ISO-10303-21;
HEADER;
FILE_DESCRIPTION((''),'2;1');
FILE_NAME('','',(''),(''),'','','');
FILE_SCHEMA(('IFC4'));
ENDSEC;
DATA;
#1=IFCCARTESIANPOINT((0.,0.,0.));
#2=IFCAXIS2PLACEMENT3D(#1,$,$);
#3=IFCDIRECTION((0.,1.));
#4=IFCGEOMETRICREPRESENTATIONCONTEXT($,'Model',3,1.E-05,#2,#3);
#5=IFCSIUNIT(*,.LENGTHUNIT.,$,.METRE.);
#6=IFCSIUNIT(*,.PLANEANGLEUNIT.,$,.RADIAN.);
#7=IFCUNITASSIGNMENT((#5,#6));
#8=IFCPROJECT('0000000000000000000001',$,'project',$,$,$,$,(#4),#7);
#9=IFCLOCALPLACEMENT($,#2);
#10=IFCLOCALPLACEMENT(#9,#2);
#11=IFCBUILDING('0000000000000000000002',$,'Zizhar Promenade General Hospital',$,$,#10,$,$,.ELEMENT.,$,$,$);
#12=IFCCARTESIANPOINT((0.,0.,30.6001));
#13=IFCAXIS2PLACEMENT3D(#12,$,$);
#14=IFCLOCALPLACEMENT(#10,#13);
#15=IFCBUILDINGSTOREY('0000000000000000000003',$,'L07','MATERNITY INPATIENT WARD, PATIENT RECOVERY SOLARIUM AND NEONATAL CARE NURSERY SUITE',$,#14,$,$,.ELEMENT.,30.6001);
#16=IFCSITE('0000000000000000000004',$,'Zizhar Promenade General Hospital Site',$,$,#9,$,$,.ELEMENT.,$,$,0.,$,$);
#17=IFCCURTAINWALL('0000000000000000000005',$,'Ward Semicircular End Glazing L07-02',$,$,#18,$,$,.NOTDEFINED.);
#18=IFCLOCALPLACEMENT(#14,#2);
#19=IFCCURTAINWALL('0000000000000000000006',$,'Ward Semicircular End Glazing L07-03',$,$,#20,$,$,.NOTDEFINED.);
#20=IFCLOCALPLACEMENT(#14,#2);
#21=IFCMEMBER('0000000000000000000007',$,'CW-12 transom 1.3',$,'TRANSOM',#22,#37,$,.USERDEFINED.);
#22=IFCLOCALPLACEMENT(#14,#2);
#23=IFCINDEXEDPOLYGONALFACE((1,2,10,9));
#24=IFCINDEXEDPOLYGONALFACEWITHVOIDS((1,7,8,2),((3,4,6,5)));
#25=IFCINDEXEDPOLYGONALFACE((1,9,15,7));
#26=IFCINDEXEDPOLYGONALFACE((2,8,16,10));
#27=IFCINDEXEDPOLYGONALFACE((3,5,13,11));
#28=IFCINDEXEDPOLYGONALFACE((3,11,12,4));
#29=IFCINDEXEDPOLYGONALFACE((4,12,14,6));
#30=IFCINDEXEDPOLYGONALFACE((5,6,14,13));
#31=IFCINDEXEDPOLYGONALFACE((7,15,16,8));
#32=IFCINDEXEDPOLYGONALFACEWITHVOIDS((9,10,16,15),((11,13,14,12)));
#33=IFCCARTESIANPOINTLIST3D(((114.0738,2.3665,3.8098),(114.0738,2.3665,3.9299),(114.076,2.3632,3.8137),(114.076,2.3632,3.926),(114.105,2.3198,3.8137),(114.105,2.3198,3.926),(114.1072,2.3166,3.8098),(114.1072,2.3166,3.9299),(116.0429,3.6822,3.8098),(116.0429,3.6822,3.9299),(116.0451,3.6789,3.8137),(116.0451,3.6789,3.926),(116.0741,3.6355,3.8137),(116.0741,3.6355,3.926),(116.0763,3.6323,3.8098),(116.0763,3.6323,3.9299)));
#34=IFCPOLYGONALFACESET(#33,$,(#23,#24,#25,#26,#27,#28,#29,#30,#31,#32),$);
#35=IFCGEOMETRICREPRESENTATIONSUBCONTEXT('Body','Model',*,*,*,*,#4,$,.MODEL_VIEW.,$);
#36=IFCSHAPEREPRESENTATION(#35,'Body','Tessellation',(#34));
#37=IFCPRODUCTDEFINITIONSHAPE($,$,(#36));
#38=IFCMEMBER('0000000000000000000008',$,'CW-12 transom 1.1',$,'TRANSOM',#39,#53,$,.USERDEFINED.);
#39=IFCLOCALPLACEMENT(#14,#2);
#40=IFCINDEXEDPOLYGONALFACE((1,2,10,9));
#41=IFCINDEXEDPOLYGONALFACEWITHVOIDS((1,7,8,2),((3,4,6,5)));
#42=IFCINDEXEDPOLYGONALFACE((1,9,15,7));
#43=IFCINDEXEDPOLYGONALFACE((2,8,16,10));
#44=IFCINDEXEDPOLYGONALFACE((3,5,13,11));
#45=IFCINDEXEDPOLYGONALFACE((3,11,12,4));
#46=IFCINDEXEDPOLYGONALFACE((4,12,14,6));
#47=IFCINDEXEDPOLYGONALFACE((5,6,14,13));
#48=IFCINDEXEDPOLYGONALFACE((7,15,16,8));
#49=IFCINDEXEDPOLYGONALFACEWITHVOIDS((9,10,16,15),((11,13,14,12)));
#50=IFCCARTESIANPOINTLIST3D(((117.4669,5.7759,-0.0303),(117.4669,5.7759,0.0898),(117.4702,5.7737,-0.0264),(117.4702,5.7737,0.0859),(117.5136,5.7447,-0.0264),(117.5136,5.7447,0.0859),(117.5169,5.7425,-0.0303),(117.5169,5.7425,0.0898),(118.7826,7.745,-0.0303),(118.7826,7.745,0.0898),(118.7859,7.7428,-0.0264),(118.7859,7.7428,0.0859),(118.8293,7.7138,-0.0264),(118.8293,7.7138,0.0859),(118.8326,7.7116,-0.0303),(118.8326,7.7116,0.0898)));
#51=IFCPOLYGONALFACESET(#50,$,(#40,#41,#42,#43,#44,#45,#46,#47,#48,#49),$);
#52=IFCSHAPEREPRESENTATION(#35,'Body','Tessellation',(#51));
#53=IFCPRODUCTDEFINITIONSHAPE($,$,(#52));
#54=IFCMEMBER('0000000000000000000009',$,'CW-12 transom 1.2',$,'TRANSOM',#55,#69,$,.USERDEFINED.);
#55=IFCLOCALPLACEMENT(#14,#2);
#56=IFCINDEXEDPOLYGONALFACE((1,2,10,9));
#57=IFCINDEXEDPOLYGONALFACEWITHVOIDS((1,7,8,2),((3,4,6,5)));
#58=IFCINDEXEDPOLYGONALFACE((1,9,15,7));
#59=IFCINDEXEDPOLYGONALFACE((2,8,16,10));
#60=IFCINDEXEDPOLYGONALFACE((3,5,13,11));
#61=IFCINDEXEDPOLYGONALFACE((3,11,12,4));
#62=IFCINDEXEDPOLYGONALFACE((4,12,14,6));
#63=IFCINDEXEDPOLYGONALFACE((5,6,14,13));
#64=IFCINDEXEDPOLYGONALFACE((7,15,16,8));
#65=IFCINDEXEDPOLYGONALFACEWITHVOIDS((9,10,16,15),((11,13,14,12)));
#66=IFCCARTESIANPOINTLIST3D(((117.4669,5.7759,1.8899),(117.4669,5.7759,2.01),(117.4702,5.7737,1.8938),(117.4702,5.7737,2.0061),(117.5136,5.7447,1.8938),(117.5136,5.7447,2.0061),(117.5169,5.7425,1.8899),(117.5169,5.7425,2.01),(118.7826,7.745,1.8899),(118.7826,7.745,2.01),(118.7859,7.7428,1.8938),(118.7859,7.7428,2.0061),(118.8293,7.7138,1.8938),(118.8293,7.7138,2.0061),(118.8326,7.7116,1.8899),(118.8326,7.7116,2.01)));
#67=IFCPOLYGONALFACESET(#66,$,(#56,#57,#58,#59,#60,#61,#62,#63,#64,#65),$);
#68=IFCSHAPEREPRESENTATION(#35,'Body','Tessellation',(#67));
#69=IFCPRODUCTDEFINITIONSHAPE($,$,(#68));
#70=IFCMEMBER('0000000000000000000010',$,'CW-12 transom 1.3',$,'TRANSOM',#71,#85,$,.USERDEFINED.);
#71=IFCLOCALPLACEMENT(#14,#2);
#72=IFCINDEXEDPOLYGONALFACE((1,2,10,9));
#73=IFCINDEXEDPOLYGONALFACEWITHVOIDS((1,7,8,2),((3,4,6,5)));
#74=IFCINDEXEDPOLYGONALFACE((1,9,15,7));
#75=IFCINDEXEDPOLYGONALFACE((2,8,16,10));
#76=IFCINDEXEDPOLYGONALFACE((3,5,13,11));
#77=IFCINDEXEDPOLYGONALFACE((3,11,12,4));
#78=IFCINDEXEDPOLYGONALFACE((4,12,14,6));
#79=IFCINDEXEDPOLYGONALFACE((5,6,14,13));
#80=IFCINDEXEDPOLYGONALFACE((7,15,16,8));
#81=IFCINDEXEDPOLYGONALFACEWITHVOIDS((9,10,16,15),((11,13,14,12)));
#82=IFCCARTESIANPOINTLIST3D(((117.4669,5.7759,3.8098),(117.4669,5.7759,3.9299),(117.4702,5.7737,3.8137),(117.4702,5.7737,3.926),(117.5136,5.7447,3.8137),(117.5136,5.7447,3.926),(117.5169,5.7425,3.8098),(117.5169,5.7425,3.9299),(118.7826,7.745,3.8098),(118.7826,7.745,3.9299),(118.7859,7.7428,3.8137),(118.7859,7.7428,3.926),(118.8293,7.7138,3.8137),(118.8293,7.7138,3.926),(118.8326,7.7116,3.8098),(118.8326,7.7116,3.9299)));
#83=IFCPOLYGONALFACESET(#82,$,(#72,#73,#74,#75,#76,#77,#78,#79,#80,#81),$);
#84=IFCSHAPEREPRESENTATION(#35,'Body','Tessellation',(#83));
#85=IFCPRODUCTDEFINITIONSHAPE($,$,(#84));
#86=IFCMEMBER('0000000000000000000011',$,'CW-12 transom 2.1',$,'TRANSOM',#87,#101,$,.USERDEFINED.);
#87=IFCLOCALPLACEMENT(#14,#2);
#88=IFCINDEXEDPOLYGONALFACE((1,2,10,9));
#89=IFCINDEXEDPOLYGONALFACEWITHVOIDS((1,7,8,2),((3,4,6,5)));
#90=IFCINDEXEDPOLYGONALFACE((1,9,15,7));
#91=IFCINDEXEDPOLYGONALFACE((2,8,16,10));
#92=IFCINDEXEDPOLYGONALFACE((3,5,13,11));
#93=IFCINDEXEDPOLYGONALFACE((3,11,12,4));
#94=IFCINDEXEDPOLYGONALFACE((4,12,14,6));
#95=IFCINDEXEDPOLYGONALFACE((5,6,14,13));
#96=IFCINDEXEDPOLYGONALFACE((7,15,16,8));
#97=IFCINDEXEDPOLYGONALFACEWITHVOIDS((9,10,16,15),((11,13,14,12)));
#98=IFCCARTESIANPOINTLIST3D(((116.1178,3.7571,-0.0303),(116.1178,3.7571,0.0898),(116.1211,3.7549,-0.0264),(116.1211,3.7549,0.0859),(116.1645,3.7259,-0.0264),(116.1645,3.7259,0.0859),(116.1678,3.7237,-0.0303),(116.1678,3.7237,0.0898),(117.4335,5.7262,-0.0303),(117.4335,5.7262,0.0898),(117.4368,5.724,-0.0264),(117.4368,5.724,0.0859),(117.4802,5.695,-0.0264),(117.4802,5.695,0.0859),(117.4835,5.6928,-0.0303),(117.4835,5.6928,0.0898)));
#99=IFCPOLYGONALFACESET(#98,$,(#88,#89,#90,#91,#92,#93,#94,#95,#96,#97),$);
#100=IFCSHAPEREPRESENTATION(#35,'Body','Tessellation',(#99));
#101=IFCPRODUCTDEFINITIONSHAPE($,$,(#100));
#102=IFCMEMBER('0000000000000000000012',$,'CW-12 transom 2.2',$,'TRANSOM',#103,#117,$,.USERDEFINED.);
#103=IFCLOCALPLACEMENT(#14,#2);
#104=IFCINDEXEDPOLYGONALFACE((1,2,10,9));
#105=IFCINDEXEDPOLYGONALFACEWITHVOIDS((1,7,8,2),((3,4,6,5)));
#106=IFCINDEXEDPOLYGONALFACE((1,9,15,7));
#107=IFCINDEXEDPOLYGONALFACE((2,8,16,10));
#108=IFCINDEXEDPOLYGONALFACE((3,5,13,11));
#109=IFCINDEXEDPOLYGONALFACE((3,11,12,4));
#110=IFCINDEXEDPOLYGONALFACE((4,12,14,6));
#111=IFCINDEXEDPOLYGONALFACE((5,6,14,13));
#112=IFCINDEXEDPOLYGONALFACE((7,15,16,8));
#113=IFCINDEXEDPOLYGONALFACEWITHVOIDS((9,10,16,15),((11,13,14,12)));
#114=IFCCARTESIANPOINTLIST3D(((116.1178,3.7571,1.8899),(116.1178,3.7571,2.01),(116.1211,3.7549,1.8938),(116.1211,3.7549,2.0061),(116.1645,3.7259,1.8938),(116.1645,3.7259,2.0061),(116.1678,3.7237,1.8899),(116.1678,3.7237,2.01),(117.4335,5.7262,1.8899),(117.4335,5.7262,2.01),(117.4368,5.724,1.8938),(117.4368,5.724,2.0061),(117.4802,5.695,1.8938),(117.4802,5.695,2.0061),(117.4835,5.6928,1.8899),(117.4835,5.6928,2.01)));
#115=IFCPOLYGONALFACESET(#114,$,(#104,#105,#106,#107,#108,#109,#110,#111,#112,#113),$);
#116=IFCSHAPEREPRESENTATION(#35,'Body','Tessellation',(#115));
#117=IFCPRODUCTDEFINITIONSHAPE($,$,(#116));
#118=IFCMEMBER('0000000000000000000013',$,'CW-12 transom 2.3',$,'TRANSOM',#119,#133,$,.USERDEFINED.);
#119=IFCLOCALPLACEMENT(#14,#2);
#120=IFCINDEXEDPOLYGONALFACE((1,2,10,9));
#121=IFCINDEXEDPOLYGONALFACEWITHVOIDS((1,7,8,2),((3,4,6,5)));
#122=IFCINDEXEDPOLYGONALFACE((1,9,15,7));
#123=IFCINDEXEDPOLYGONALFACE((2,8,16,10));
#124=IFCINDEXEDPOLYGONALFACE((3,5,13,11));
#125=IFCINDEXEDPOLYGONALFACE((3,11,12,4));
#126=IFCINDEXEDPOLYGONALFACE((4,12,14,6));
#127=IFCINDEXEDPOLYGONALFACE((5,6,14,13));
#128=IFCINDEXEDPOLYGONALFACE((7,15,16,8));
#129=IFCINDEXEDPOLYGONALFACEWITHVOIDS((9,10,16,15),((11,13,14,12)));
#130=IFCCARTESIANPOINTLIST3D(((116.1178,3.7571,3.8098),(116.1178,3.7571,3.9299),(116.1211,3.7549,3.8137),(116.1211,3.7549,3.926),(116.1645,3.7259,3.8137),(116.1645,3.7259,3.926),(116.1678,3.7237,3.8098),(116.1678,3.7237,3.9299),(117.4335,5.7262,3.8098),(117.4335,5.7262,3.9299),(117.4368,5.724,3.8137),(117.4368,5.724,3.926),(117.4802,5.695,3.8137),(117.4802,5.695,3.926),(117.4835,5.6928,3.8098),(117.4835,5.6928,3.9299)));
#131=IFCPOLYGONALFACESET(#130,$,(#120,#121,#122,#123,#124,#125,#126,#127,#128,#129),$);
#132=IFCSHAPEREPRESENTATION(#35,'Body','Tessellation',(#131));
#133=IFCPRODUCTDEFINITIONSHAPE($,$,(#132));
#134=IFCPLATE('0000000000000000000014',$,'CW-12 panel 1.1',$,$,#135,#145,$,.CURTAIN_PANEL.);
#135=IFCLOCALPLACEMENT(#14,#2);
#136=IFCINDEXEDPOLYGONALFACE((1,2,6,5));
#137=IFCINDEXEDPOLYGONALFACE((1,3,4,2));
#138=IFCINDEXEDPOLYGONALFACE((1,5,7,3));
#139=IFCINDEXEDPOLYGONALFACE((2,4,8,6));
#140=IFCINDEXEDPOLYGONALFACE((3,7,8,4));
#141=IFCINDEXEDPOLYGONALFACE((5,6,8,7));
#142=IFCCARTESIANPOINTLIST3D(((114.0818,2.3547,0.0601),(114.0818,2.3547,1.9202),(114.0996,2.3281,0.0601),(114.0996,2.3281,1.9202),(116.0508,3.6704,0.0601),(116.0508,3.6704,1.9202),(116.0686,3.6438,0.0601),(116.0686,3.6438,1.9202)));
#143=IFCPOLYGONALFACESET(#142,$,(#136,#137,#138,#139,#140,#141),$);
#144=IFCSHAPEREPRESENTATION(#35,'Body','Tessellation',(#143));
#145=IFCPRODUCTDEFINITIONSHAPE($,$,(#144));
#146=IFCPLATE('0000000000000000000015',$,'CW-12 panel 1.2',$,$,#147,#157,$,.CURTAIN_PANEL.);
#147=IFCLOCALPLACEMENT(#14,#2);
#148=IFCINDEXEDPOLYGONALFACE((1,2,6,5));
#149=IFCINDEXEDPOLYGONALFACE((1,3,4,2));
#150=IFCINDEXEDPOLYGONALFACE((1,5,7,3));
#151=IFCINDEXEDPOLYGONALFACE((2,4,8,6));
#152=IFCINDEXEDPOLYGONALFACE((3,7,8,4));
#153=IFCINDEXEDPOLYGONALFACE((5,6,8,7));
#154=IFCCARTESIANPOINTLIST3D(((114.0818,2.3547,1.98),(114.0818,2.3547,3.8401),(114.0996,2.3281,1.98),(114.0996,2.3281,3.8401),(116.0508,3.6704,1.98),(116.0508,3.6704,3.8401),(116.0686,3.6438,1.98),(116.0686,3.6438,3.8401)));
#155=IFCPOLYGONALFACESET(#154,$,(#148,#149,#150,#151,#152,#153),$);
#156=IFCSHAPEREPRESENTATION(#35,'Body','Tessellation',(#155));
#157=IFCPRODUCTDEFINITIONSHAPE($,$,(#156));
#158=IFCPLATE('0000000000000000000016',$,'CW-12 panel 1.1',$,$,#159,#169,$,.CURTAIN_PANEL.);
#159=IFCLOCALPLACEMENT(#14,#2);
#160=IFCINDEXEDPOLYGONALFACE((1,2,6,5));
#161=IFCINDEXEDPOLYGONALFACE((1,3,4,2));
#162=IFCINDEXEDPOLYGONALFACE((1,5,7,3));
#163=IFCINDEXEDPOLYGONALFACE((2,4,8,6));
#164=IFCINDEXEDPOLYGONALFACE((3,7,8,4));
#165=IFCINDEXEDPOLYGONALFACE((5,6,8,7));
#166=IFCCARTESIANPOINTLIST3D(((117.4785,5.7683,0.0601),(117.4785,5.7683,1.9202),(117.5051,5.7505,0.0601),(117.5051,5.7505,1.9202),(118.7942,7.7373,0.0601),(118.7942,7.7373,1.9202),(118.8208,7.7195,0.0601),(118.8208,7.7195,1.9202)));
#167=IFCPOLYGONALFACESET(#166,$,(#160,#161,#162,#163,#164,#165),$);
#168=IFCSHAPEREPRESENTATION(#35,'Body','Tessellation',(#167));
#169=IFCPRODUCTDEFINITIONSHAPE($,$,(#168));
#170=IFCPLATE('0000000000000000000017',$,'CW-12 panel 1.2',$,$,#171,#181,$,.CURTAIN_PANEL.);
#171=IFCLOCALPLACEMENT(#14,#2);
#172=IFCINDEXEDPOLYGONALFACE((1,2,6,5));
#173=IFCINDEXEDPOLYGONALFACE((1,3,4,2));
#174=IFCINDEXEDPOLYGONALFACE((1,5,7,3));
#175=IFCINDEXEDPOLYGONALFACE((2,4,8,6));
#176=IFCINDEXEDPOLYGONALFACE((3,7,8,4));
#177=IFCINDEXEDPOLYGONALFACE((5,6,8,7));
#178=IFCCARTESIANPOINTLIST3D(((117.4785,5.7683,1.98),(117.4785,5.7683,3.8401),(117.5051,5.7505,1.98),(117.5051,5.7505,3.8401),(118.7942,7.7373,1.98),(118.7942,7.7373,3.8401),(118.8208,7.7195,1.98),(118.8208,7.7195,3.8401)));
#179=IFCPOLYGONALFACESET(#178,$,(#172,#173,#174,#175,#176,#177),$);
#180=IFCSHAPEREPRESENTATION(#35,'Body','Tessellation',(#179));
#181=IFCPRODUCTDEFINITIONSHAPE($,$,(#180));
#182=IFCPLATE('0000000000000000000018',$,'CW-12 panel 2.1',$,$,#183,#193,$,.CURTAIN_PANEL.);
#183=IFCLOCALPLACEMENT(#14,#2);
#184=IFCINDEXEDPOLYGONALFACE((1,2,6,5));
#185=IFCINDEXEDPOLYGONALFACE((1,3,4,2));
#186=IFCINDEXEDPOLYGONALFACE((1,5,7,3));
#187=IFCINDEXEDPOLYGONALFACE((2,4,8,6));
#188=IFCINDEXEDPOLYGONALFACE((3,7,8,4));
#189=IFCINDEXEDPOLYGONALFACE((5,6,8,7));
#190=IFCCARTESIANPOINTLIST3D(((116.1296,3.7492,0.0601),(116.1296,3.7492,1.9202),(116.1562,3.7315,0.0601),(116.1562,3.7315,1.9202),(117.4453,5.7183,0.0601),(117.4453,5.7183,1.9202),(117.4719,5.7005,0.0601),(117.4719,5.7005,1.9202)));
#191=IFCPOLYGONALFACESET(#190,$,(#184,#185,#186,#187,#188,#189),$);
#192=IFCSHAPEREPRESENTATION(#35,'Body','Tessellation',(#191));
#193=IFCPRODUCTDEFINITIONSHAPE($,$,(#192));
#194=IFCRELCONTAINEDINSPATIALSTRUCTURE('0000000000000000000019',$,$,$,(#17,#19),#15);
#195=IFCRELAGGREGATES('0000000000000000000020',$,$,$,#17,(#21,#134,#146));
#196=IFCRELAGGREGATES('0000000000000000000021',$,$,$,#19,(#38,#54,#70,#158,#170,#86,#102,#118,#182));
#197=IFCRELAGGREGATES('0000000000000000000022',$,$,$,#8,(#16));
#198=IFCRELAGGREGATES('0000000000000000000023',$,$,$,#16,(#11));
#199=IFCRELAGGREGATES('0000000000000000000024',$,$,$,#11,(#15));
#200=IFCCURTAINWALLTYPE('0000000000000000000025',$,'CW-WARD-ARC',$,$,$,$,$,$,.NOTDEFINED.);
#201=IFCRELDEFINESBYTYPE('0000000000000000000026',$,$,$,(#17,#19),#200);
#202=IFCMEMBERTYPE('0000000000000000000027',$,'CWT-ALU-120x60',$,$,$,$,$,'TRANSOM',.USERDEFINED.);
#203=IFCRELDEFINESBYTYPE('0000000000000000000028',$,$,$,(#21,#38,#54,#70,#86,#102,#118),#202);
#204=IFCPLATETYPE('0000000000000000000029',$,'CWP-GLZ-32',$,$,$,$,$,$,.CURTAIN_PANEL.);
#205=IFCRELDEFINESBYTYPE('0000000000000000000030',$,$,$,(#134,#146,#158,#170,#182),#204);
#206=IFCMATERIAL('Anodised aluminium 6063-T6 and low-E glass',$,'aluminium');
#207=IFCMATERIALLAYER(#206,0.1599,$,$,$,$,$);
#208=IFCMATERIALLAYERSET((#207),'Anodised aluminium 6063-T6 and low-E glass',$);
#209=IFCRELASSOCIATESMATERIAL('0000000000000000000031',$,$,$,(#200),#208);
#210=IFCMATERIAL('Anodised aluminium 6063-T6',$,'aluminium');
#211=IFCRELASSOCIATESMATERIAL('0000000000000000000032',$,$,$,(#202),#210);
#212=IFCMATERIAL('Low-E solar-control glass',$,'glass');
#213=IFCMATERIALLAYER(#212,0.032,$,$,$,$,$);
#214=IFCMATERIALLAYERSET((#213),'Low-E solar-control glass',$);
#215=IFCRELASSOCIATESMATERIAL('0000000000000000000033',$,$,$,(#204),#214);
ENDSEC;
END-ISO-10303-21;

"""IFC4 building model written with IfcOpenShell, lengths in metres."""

from ifc_helpers import new_model, si_unit, direction, frame, origin, origin_2d, place, context, subcontext, project, spatial, rectangle, hollow_rectangle, extrude, material, layer, layer_set, material_profile, profile_set, type_object, element, aggregate, save


model = new_model("IFC4")

# Units and contexts
model_context = context("Model", 3, precision=1e-05, world=origin(), true_north=direction((0.0, 1.0)))
body_context = subcontext(model_context, "Body", "Model", "MODEL_VIEW")
ifc_project = project(units=[si_unit("LENGTHUNIT", "METRE"), si_unit("PLANEANGLEUNIT", "RADIAN")], contexts=[model_context])

# Site, building, storey
site_placement = place(None, origin())
site = spatial("IfcSite", under=ifc_project, at=site_placement, Name="Zizhar Promenade General Hospital Site", CompositionType="ELEMENT", RefElevation=0.0)
building_placement = place(site_placement, origin())
building = spatial("IfcBuilding", under=site, at=building_placement, Name="Zizhar Promenade General Hospital", CompositionType="ELEMENT")
storey_placement = place(building_placement, frame((0.0, 0.0, 30.6001)))
storey = spatial("IfcBuildingStorey", under=building, at=storey_placement, Name="L07", Description="MATERNITY INPATIENT WARD, PATIENT RECOVERY SOLARIUM AND NEONATAL CARE NURSERY SUITE", CompositionType="ELEMENT", Elevation=30.6001)

# Curtain walls
ifc_material_1 = material(Name="Anodised aluminium 6063-T6 and low-E glass", Category="aluminium")
ifc_layer_1 = layer(ifc_material_1, 0.1599)
ifc_layer_set_1 = layer_set([ifc_layer_1], Name="Anodised aluminium 6063-T6 and low-E glass")
curtain_wall_type = type_object("IfcCurtainWallType", Name="CW-WARD-ARC", PredefinedType="NOTDEFINED", material=ifc_layer_set_1)
curtain_wall_1_placement = place(storey_placement, origin())
curtain_wall_1 = element("IfcCurtainWall", 1, at=curtain_wall_1_placement, inside=storey, type_object=curtain_wall_type, Name="Ward Semicircular End Glazing L07-02", PredefinedType="NOTDEFINED")
curtain_wall_2_placement = place(storey_placement, origin())
curtain_wall_2 = element("IfcCurtainWall", 2, at=curtain_wall_2_placement, inside=storey, type_object=curtain_wall_type, Name="Ward Semicircular End Glazing L07-03", PredefinedType="NOTDEFINED")

# Members
ifc_material_2 = material(Name="Anodised aluminium 6063-T6", Category="aluminium")
ifc_material_profile_1 = material_profile(ifc_material_2, hollow_rectangle(XDim=0.0601, YDim=0.1201, WallThickness=0.0039, at=origin_2d()))
ifc_profile_set_1 = profile_set([ifc_material_profile_1], Name="Anodised aluminium 6063-T6")
member_type_1 = type_object("IfcMemberType", Name="CWT-ALU-120x60", ElementType="TRANSOM", PredefinedType="USERDEFINED", material=ifc_profile_set_1)
member_1_placement = place(storey_placement, frame((116.0596, 3.6572, 3.8699), z_axis=(-0.831463, -0.55558, 0.0), x_axis=(0.55558, -0.831463, 0.0)))
member_1 = element("IfcMember", 3, at=member_1_placement, type_object=member_type_1, Name="CW-12 transom 1.3", ObjectType="TRANSOM", PredefinedType="USERDEFINED", context=body_context, shape_type="SweptSolid", body=[
    extrude(hollow_rectangle(XDim=0.0601, YDim=0.1201, WallThickness=0.0039, at=origin_2d()), origin(), (0.0, 0.0, 1.0), 2.3682),
])
member_2_placement = place(storey_placement, frame((118.8076, 7.7283, 0.0298), z_axis=(-0.55558, -0.831463, 0.0), x_axis=(0.831463, -0.55558, 0.0)))
member_2 = element("IfcMember", 4, at=member_2_placement, type_object=member_type_1, Name="CW-12 transom 1.1", ObjectType="TRANSOM", PredefinedType="USERDEFINED", context=body_context, shape_type="SweptSolid", body=[
    extrude(hollow_rectangle(XDim=0.0601, YDim=0.1201, WallThickness=0.0039, at=origin_2d()), origin(), (0.0, 0.0, 1.0), 2.3682),
])
member_3_placement = place(storey_placement, frame((118.8076, 7.7283, 1.95), z_axis=(-0.55558, -0.831463, 0.0), x_axis=(0.831463, -0.55558, 0.0)))
member_3 = element("IfcMember", 5, at=member_3_placement, type_object=member_type_1, Name="CW-12 transom 1.2", ObjectType="TRANSOM", PredefinedType="USERDEFINED", context=body_context, shape_type="SweptSolid", body=[
    extrude(hollow_rectangle(XDim=0.0601, YDim=0.1201, WallThickness=0.0039, at=origin_2d()), origin(), (0.0, 0.0, 1.0), 2.3682),
])
member_4_placement = place(storey_placement, frame((118.8076, 7.7283, 3.8699), z_axis=(-0.55558, -0.831463, 0.0), x_axis=(0.831463, -0.55558, 0.0)))
member_4 = element("IfcMember", 6, at=member_4_placement, type_object=member_type_1, Name="CW-12 transom 1.3", ObjectType="TRANSOM", PredefinedType="USERDEFINED", context=body_context, shape_type="SweptSolid", body=[
    extrude(hollow_rectangle(XDim=0.0601, YDim=0.1201, WallThickness=0.0039, at=origin_2d()), origin(), (0.0, 0.0, 1.0), 2.3682),
])
member_5_placement = place(storey_placement, frame((117.4585, 5.7095, 0.0298), z_axis=(-0.55558, -0.831463, 0.0), x_axis=(0.831463, -0.55558, 0.0)))
member_5 = element("IfcMember", 7, at=member_5_placement, type_object=member_type_1, Name="CW-12 transom 2.1", ObjectType="TRANSOM", PredefinedType="USERDEFINED", context=body_context, shape_type="SweptSolid", body=[
    extrude(hollow_rectangle(XDim=0.0601, YDim=0.1201, WallThickness=0.0039, at=origin_2d()), origin(), (0.0, 0.0, 1.0), 2.3682),
])
member_6_placement = place(storey_placement, frame((117.4585, 5.7095, 1.95), z_axis=(-0.55558, -0.831463, 0.0), x_axis=(0.831463, -0.55558, 0.0)))
member_6 = element("IfcMember", 8, at=member_6_placement, type_object=member_type_1, Name="CW-12 transom 2.2", ObjectType="TRANSOM", PredefinedType="USERDEFINED", context=body_context, shape_type="SweptSolid", body=[
    extrude(hollow_rectangle(XDim=0.0601, YDim=0.1201, WallThickness=0.0039, at=origin_2d()), origin(), (0.0, 0.0, 1.0), 2.3682),
])
member_7_placement = place(storey_placement, frame((117.4585, 5.7095, 3.8699), z_axis=(-0.55558, -0.831463, 0.0), x_axis=(0.831463, -0.55558, 0.0)))
member_7 = element("IfcMember", 9, at=member_7_placement, type_object=member_type_1, Name="CW-12 transom 2.3", ObjectType="TRANSOM", PredefinedType="USERDEFINED", context=body_context, shape_type="SweptSolid", body=[
    extrude(hollow_rectangle(XDim=0.0601, YDim=0.1201, WallThickness=0.0039, at=origin_2d()), origin(), (0.0, 0.0, 1.0), 2.3682),
])

# Plates
ifc_material_3 = material(Name="Low-E solar-control glass", Category="glass")
ifc_layer_2 = layer(ifc_material_3, 0.032)
ifc_layer_set_2 = layer_set([ifc_layer_2], Name="Low-E solar-control glass")
plate_type = type_object("IfcPlateType", Name="CWP-GLZ-32", PredefinedType="CURTAIN_PANEL", material=ifc_layer_set_2)
plate_1_placement = place(storey_placement, frame((115.0752, 2.9993, 0.0601), z_axis=(0.0, 0.0, 1.0), x_axis=(-0.831462, -0.555582, 0.0)))
plate_1 = element("IfcPlate", 10, at=plate_1_placement, type_object=plate_type, Name="CW-12 panel 1.1", PredefinedType="CURTAIN_PANEL", context=body_context, shape_type="SweptSolid", body=[
    extrude(rectangle(XDim=2.3682, YDim=0.032, at=origin_2d()), origin(), (0.0, 0.0, 1.0), 1.8601),
])
plate_2_placement = place(storey_placement, frame((115.0752, 2.9993, 1.98), z_axis=(0.0, 0.0, 1.0), x_axis=(-0.831462, -0.555582, 0.0)))
plate_2 = element("IfcPlate", 11, at=plate_2_placement, type_object=plate_type, Name="CW-12 panel 1.2", PredefinedType="CURTAIN_PANEL", context=body_context, shape_type="SweptSolid", body=[
    extrude(rectangle(XDim=2.3682, YDim=0.032, at=origin_2d()), origin(), (0.0, 0.0, 1.0), 1.8601),
])
aggregate(curtain_wall_1, [member_1, plate_1, plate_2])
plate_3_placement = place(storey_placement, frame((118.1497, 6.7439, 0.0601), z_axis=(0.0, 0.0, 1.0), x_axis=(-0.555582, -0.831462, 0.0)))
plate_3 = element("IfcPlate", 12, at=plate_3_placement, type_object=plate_type, Name="CW-12 panel 1.1", PredefinedType="CURTAIN_PANEL", context=body_context, shape_type="SweptSolid", body=[
    extrude(rectangle(XDim=2.3682, YDim=0.032, at=origin_2d()), origin(), (0.0, 0.0, 1.0), 1.8601),
])
plate_4_placement = place(storey_placement, frame((118.1497, 6.7439, 1.98), z_axis=(0.0, 0.0, 1.0), x_axis=(-0.555582, -0.831462, 0.0)))
plate_4 = element("IfcPlate", 13, at=plate_4_placement, type_object=plate_type, Name="CW-12 panel 1.2", PredefinedType="CURTAIN_PANEL", context=body_context, shape_type="SweptSolid", body=[
    extrude(rectangle(XDim=2.3682, YDim=0.032, at=origin_2d()), origin(), (0.0, 0.0, 1.0), 1.8601),
])
plate_5_placement = place(storey_placement, frame((116.8008, 4.7249, 0.0601), z_axis=(0.0, 0.0, 1.0), x_axis=(-0.555582, -0.831462, 0.0)))
plate_5 = element("IfcPlate", 14, at=plate_5_placement, type_object=plate_type, Name="CW-12 panel 2.1", PredefinedType="CURTAIN_PANEL", context=body_context, shape_type="SweptSolid", body=[
    extrude(rectangle(XDim=2.3682, YDim=0.032, at=origin_2d()), origin(), (0.0, 0.0, 1.0), 1.8601),
])
aggregate(curtain_wall_2, [member_2, member_3, member_4, plate_3, plate_4, member_5, member_6, member_7, plate_5])

save(model, "model.ifc")
